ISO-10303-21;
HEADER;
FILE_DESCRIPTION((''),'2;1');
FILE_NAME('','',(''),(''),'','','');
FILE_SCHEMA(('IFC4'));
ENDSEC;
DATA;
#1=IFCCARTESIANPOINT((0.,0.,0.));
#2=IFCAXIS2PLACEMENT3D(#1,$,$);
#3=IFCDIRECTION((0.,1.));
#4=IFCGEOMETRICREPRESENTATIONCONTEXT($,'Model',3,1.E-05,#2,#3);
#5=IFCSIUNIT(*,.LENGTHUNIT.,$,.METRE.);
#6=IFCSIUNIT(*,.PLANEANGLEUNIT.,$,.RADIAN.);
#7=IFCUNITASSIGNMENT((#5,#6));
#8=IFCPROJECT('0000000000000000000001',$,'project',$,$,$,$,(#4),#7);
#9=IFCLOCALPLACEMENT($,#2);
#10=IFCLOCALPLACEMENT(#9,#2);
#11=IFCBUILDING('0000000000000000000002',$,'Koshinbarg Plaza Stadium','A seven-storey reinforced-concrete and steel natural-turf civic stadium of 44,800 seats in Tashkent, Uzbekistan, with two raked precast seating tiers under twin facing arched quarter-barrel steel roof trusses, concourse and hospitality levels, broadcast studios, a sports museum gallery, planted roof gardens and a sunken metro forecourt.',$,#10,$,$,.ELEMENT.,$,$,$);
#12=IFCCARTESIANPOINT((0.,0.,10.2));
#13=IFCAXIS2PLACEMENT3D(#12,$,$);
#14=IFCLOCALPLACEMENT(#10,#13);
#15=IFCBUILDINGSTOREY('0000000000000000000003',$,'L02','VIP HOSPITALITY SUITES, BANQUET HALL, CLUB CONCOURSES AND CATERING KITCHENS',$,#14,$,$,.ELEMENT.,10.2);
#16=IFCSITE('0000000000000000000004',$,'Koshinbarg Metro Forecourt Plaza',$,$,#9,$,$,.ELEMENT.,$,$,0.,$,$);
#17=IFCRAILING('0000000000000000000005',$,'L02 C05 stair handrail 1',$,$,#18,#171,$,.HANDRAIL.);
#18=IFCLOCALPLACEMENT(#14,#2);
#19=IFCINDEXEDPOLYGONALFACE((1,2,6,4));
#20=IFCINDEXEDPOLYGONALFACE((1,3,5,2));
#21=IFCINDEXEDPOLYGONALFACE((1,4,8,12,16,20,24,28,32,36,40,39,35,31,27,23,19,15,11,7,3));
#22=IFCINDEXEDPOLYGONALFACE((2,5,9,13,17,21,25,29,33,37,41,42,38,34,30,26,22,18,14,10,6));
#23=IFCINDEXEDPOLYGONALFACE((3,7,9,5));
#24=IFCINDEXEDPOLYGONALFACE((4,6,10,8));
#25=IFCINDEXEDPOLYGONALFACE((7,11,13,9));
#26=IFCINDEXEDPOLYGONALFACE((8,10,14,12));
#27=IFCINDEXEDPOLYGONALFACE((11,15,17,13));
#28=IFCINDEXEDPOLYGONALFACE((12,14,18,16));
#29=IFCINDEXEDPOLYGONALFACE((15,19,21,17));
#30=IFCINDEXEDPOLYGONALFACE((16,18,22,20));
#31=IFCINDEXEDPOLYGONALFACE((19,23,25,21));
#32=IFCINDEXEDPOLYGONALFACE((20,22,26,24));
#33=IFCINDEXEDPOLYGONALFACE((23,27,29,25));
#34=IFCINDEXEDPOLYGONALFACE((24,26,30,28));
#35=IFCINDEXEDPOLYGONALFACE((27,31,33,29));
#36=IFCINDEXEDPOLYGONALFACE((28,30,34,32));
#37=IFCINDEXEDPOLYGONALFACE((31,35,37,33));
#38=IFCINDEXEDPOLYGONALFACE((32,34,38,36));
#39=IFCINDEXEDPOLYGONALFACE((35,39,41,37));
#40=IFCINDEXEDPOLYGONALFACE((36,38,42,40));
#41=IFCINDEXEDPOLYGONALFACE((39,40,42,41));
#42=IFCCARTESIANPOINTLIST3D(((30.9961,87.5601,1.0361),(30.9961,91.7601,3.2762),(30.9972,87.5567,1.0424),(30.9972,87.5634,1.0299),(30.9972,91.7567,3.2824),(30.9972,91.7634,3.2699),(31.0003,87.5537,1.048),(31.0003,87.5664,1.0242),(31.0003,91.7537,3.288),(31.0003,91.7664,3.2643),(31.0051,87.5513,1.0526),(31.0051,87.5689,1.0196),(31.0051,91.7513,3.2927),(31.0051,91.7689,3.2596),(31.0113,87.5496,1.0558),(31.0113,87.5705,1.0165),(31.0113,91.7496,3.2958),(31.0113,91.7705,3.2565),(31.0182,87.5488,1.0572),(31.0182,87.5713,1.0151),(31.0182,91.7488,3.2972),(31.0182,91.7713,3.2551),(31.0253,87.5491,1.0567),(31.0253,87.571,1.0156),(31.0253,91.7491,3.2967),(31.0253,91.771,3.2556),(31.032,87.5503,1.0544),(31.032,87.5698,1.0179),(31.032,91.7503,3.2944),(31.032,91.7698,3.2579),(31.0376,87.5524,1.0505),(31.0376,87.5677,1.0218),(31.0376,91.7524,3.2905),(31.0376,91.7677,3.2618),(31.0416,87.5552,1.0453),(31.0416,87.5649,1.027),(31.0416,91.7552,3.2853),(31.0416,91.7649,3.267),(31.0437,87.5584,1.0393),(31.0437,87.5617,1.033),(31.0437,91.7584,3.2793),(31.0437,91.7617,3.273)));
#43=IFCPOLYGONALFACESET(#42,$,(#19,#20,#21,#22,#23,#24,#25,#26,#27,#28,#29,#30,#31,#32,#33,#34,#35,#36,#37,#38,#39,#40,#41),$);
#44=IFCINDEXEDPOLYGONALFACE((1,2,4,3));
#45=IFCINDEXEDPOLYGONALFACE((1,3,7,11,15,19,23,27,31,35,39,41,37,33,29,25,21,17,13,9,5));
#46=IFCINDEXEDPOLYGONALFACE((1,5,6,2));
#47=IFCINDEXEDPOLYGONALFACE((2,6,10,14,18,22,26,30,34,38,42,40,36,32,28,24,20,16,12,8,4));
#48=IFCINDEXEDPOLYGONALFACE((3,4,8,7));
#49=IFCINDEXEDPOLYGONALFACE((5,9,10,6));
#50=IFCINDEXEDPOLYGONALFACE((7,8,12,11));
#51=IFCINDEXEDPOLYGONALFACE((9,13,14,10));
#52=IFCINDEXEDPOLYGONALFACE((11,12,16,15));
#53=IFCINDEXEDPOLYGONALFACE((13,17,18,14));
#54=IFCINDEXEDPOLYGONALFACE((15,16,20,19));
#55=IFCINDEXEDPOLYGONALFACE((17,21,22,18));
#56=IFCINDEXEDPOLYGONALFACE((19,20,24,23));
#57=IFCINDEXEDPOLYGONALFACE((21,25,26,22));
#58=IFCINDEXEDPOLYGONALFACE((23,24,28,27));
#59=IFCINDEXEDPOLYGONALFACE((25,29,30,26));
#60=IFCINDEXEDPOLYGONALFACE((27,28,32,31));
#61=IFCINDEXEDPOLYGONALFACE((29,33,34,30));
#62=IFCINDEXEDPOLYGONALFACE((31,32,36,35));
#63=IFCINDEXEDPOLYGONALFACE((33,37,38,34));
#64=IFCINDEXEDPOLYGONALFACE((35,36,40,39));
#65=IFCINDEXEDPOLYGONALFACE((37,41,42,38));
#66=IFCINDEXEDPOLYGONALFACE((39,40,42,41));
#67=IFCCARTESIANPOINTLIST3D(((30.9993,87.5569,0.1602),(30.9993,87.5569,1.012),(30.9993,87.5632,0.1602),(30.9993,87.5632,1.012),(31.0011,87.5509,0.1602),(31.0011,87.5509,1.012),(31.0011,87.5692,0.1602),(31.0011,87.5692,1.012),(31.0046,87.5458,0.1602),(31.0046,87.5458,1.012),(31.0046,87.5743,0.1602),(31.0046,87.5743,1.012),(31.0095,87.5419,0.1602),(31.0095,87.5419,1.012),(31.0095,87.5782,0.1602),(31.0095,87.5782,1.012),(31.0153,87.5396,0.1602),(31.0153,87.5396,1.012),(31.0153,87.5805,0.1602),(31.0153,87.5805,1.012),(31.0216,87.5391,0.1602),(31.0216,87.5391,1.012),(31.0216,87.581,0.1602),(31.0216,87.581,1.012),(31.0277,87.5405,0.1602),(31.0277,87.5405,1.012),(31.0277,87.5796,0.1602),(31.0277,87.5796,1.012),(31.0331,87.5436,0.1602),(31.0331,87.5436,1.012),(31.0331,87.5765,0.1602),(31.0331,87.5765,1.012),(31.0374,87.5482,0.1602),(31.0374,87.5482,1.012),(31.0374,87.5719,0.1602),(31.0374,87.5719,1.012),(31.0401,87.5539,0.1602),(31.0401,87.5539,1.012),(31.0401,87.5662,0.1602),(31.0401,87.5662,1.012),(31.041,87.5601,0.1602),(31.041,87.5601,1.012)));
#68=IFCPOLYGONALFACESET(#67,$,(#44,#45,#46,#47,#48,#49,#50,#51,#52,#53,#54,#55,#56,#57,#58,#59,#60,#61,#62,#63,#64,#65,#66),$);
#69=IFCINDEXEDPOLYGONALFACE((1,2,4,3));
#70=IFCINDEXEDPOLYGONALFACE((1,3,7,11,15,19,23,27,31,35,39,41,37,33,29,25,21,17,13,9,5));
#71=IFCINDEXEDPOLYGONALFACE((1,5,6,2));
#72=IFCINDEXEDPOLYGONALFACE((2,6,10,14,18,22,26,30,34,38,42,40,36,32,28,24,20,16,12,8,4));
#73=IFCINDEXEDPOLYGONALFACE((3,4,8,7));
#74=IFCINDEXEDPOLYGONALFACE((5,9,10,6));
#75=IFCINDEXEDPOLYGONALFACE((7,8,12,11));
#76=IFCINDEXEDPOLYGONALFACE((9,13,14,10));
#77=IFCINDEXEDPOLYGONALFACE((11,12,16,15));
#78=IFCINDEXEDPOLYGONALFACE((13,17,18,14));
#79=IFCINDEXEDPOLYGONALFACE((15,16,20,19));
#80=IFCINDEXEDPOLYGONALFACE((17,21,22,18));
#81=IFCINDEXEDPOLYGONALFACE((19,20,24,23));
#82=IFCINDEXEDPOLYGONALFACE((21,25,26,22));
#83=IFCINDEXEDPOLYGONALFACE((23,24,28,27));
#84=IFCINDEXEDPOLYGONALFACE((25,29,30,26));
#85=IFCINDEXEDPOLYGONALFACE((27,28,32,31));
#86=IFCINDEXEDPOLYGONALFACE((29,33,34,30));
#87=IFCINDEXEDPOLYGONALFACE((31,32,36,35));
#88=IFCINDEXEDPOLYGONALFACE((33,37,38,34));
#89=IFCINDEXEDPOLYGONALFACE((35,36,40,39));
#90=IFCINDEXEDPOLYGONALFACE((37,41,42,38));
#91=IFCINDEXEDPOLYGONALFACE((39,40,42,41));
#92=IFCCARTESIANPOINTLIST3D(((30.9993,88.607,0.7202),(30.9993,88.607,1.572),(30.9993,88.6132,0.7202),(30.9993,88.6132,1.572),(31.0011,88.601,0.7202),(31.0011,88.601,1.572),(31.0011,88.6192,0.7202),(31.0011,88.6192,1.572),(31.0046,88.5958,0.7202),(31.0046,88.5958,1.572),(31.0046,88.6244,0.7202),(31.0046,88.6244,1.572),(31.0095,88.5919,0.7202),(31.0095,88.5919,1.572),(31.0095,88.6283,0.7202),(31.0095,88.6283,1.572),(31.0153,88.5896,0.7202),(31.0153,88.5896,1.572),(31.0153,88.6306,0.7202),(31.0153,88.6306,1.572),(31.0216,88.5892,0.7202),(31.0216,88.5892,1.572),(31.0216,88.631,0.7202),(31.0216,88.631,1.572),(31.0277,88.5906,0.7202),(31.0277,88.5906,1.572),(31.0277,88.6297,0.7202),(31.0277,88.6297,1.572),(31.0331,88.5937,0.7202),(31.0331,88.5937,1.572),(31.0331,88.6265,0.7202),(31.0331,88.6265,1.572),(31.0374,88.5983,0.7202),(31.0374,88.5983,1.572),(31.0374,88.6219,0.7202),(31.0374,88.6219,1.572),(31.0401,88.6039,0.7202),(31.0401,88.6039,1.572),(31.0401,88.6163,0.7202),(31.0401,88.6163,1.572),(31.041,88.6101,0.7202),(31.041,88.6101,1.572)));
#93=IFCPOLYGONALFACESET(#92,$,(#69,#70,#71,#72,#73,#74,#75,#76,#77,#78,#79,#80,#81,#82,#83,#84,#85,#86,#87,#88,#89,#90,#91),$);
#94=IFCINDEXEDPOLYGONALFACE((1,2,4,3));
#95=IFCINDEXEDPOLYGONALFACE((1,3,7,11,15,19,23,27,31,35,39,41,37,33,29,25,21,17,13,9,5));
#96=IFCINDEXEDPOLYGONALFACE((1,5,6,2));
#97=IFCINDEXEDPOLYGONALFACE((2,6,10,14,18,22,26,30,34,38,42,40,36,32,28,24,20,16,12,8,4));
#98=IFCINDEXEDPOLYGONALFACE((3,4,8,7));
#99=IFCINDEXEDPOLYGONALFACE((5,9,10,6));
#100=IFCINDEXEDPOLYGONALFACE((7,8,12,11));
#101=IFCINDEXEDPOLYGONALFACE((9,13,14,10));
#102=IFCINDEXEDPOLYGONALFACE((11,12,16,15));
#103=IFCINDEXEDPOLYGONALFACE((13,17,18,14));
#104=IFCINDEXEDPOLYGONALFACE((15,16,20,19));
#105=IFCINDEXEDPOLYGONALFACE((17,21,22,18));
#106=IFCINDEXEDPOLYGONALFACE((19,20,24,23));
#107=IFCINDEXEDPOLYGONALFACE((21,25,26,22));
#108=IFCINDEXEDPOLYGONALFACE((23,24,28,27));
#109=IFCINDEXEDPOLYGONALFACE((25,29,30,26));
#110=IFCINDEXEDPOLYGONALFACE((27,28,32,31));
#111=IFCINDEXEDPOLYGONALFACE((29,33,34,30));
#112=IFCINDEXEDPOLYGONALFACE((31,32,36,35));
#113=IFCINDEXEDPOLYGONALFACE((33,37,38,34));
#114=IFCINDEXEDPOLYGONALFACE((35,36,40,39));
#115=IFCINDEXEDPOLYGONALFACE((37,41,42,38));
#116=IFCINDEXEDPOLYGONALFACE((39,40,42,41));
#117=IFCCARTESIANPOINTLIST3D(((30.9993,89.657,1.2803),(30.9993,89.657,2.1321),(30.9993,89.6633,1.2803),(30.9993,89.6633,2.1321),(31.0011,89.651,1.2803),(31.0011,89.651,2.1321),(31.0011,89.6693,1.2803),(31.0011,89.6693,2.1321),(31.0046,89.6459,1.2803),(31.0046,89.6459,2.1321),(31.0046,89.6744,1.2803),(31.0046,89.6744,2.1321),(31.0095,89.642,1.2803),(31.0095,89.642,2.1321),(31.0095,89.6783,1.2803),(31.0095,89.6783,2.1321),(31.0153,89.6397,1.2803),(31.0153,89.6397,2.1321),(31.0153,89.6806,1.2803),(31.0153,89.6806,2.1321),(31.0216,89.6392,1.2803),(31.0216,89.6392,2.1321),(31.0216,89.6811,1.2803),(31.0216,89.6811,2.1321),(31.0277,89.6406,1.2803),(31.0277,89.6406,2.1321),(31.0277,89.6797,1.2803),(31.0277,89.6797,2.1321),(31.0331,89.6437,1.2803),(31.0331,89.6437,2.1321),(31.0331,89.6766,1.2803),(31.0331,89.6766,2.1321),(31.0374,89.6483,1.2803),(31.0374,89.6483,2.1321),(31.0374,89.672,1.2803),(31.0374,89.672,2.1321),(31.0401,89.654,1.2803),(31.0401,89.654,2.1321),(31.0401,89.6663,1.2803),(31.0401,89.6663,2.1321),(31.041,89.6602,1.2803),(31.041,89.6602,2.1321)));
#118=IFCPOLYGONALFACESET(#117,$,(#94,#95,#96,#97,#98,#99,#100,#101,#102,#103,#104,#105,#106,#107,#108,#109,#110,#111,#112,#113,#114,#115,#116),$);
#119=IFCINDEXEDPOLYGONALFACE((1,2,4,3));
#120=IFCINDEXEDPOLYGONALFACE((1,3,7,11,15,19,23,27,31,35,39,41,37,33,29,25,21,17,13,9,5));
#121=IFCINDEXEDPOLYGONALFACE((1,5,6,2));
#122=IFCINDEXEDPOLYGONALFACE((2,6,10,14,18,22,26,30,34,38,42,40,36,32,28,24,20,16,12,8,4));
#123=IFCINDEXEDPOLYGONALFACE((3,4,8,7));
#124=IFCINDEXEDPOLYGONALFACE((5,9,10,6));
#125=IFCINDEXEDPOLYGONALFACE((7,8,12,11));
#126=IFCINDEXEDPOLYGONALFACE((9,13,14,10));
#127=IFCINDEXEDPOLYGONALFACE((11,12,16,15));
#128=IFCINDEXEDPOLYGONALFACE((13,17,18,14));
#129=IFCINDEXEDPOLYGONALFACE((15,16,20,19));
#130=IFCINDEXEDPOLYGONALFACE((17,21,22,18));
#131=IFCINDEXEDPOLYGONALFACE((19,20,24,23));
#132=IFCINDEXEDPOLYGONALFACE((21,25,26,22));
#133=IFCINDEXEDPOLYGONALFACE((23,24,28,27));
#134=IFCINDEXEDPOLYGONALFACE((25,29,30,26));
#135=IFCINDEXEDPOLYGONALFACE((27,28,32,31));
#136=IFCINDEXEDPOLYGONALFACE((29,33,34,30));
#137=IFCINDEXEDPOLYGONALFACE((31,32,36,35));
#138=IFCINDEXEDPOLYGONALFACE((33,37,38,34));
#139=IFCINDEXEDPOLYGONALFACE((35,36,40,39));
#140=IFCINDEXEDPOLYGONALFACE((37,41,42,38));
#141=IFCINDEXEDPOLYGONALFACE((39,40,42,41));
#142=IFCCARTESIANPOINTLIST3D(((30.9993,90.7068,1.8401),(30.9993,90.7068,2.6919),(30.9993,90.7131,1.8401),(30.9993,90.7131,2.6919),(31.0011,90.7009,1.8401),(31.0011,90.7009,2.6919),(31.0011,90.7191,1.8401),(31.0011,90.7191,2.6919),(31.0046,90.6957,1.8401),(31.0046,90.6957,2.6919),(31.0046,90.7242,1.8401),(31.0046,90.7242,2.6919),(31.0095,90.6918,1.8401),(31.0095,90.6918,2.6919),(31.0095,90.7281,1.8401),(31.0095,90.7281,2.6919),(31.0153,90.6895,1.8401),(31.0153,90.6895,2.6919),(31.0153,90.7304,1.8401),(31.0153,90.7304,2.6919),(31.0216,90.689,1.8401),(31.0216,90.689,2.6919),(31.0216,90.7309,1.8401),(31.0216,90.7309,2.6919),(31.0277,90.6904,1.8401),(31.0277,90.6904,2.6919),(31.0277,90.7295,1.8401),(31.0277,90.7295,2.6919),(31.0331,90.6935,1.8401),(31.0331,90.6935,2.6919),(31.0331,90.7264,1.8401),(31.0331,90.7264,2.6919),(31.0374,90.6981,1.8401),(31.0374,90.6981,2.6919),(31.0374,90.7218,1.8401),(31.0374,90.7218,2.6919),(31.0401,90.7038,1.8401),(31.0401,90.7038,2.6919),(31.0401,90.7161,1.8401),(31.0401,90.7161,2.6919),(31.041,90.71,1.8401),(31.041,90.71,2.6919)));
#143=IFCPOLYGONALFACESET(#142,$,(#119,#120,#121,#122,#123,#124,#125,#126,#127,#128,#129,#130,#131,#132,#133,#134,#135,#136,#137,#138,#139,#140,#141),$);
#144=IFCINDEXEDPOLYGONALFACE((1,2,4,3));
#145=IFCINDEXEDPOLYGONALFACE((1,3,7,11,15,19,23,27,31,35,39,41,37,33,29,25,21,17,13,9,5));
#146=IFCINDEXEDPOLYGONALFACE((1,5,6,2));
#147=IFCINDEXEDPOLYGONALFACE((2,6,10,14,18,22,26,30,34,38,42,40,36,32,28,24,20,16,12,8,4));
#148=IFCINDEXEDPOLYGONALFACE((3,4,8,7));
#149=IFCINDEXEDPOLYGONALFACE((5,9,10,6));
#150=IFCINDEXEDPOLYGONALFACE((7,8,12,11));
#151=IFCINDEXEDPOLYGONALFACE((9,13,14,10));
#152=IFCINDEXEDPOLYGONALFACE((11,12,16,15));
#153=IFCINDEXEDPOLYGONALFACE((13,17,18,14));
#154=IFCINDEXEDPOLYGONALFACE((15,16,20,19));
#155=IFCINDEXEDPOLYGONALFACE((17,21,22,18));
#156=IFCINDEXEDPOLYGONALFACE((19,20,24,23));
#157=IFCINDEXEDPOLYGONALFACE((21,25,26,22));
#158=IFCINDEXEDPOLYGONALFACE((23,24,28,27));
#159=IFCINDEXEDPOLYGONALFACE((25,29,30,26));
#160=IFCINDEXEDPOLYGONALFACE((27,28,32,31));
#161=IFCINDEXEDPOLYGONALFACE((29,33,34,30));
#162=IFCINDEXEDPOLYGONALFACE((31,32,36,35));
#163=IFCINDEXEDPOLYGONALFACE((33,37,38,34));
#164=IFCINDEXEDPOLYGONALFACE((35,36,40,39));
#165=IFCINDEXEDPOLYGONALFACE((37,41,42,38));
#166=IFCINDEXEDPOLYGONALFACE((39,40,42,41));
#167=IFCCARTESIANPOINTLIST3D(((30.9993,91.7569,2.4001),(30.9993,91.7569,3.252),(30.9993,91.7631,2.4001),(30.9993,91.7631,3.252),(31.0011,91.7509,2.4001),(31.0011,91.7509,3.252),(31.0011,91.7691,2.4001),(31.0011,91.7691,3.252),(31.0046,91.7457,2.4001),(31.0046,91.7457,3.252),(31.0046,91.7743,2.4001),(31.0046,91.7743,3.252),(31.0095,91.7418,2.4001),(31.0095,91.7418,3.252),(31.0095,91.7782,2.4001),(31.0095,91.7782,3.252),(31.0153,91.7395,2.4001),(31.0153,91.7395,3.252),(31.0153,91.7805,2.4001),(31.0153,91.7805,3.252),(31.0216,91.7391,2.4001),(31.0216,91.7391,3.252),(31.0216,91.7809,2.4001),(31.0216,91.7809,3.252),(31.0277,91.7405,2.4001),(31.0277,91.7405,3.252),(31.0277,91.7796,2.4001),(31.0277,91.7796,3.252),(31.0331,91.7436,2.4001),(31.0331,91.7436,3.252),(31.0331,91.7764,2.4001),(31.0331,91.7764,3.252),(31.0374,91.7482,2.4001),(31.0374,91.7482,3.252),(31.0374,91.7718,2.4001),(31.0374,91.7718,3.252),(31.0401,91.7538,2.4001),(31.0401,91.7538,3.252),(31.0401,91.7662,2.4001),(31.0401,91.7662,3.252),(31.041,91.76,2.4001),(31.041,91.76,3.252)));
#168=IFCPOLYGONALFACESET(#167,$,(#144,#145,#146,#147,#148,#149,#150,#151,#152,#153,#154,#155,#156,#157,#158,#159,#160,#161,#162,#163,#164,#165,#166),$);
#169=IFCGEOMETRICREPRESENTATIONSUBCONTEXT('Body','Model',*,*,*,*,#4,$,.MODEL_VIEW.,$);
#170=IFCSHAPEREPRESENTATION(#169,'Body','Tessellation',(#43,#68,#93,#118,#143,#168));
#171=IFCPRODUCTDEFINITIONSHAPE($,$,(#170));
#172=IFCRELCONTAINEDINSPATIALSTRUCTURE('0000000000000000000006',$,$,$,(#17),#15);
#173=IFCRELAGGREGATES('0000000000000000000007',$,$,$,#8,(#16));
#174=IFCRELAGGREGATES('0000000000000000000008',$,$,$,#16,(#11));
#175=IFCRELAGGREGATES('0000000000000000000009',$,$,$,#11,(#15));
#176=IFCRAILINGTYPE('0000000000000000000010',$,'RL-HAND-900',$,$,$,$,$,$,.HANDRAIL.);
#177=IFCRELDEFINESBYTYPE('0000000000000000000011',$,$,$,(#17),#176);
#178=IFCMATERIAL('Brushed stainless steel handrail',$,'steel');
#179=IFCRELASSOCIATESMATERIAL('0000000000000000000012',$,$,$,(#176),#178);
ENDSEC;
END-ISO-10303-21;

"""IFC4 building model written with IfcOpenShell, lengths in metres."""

from ifc_helpers import new_model, si_unit, direction, frame, origin, origin_2d, place, context, subcontext, project, spatial, circle, extrude, material, type_object, element, save


model = new_model("IFC4")

# Units and contexts
model_context = context("Model", 3, precision=1e-05, world=origin(), true_north=direction((0.0, 1.0)))
body_context = subcontext(model_context, "Body", "Model", "MODEL_VIEW")
ifc_project = project(units=[si_unit("LENGTHUNIT", "METRE"), si_unit("PLANEANGLEUNIT", "RADIAN")], contexts=[model_context])

# Site, building, storey
site_placement = place(None, origin())
site = spatial("IfcSite", under=ifc_project, at=site_placement, Name="Koshinbarg Metro Forecourt Plaza", CompositionType="ELEMENT", RefElevation=0.0)
building_placement = place(site_placement, origin())
building = spatial("IfcBuilding", under=site, at=building_placement, Name="Koshinbarg Plaza Stadium", Description="A seven-storey reinforced-concrete and steel natural-turf civic stadium of 44,800 seats in Tashkent, Uzbekistan, with two raked precast seating tiers under twin facing arched quarter-barrel steel roof trusses, concourse and hospitality levels, broadcast studios, a sports museum gallery, planted roof gardens and a sunken metro forecourt.", CompositionType="ELEMENT")
storey_placement = place(building_placement, frame((0.0, 0.0, 10.2)))
storey = spatial("IfcBuildingStorey", under=building, at=storey_placement, Name="L02", Description="VIP HOSPITALITY SUITES, BANQUET HALL, CLUB CONCOURSES AND CATERING KITCHENS", CompositionType="ELEMENT", Elevation=10.2)

# Railing
ifc_material_1 = material(Name="Brushed stainless steel handrail", Category="steel")
railing_type_1 = type_object("IfcRailingType", Name="RL-HAND-900", PredefinedType="HANDRAIL", material=ifc_material_1)
railing_1_placement = place(storey_placement, frame((31.02, 87.5601, 0.1602)))
element("IfcRailing", 1, at=railing_1_placement, inside=storey, type_object=railing_type_1, Name="L02 C05 stair handrail 1", PredefinedType="HANDRAIL", context=body_context, shape_type="SweptSolid", body=[
    extrude(circle(Radius=0.0239, at=origin_2d()), frame((0.0, 0.0, 0.876), z_axis=(0.0, 0.882352, 0.470591), x_axis=(-1.0, 0.0, 0.0)), (0.0, 0.0, 1.0), 4.76),
    extrude(circle(Radius=0.021, at=origin_2d()), origin(), (0.0, 0.0, 1.0), 0.8518),
    extrude(circle(Radius=0.021, at=origin_2d()), frame((0.0, 1.05, 0.5601)), (0.0, 0.0, 1.0), 0.8518),
    extrude(circle(Radius=0.021, at=origin_2d()), frame((0.0, 2.1001, 1.1201)), (0.0, 0.0, 1.0), 0.8518),
    extrude(circle(Radius=0.021, at=origin_2d()), frame((0.0, 3.1499, 1.6799)), (0.0, 0.0, 1.0), 0.8518),
    extrude(circle(Radius=0.021, at=origin_2d()), frame((0.0, 4.2, 2.24)), (0.0, 0.0, 1.0), 0.8518),
])

save(model, "model.ifc")
